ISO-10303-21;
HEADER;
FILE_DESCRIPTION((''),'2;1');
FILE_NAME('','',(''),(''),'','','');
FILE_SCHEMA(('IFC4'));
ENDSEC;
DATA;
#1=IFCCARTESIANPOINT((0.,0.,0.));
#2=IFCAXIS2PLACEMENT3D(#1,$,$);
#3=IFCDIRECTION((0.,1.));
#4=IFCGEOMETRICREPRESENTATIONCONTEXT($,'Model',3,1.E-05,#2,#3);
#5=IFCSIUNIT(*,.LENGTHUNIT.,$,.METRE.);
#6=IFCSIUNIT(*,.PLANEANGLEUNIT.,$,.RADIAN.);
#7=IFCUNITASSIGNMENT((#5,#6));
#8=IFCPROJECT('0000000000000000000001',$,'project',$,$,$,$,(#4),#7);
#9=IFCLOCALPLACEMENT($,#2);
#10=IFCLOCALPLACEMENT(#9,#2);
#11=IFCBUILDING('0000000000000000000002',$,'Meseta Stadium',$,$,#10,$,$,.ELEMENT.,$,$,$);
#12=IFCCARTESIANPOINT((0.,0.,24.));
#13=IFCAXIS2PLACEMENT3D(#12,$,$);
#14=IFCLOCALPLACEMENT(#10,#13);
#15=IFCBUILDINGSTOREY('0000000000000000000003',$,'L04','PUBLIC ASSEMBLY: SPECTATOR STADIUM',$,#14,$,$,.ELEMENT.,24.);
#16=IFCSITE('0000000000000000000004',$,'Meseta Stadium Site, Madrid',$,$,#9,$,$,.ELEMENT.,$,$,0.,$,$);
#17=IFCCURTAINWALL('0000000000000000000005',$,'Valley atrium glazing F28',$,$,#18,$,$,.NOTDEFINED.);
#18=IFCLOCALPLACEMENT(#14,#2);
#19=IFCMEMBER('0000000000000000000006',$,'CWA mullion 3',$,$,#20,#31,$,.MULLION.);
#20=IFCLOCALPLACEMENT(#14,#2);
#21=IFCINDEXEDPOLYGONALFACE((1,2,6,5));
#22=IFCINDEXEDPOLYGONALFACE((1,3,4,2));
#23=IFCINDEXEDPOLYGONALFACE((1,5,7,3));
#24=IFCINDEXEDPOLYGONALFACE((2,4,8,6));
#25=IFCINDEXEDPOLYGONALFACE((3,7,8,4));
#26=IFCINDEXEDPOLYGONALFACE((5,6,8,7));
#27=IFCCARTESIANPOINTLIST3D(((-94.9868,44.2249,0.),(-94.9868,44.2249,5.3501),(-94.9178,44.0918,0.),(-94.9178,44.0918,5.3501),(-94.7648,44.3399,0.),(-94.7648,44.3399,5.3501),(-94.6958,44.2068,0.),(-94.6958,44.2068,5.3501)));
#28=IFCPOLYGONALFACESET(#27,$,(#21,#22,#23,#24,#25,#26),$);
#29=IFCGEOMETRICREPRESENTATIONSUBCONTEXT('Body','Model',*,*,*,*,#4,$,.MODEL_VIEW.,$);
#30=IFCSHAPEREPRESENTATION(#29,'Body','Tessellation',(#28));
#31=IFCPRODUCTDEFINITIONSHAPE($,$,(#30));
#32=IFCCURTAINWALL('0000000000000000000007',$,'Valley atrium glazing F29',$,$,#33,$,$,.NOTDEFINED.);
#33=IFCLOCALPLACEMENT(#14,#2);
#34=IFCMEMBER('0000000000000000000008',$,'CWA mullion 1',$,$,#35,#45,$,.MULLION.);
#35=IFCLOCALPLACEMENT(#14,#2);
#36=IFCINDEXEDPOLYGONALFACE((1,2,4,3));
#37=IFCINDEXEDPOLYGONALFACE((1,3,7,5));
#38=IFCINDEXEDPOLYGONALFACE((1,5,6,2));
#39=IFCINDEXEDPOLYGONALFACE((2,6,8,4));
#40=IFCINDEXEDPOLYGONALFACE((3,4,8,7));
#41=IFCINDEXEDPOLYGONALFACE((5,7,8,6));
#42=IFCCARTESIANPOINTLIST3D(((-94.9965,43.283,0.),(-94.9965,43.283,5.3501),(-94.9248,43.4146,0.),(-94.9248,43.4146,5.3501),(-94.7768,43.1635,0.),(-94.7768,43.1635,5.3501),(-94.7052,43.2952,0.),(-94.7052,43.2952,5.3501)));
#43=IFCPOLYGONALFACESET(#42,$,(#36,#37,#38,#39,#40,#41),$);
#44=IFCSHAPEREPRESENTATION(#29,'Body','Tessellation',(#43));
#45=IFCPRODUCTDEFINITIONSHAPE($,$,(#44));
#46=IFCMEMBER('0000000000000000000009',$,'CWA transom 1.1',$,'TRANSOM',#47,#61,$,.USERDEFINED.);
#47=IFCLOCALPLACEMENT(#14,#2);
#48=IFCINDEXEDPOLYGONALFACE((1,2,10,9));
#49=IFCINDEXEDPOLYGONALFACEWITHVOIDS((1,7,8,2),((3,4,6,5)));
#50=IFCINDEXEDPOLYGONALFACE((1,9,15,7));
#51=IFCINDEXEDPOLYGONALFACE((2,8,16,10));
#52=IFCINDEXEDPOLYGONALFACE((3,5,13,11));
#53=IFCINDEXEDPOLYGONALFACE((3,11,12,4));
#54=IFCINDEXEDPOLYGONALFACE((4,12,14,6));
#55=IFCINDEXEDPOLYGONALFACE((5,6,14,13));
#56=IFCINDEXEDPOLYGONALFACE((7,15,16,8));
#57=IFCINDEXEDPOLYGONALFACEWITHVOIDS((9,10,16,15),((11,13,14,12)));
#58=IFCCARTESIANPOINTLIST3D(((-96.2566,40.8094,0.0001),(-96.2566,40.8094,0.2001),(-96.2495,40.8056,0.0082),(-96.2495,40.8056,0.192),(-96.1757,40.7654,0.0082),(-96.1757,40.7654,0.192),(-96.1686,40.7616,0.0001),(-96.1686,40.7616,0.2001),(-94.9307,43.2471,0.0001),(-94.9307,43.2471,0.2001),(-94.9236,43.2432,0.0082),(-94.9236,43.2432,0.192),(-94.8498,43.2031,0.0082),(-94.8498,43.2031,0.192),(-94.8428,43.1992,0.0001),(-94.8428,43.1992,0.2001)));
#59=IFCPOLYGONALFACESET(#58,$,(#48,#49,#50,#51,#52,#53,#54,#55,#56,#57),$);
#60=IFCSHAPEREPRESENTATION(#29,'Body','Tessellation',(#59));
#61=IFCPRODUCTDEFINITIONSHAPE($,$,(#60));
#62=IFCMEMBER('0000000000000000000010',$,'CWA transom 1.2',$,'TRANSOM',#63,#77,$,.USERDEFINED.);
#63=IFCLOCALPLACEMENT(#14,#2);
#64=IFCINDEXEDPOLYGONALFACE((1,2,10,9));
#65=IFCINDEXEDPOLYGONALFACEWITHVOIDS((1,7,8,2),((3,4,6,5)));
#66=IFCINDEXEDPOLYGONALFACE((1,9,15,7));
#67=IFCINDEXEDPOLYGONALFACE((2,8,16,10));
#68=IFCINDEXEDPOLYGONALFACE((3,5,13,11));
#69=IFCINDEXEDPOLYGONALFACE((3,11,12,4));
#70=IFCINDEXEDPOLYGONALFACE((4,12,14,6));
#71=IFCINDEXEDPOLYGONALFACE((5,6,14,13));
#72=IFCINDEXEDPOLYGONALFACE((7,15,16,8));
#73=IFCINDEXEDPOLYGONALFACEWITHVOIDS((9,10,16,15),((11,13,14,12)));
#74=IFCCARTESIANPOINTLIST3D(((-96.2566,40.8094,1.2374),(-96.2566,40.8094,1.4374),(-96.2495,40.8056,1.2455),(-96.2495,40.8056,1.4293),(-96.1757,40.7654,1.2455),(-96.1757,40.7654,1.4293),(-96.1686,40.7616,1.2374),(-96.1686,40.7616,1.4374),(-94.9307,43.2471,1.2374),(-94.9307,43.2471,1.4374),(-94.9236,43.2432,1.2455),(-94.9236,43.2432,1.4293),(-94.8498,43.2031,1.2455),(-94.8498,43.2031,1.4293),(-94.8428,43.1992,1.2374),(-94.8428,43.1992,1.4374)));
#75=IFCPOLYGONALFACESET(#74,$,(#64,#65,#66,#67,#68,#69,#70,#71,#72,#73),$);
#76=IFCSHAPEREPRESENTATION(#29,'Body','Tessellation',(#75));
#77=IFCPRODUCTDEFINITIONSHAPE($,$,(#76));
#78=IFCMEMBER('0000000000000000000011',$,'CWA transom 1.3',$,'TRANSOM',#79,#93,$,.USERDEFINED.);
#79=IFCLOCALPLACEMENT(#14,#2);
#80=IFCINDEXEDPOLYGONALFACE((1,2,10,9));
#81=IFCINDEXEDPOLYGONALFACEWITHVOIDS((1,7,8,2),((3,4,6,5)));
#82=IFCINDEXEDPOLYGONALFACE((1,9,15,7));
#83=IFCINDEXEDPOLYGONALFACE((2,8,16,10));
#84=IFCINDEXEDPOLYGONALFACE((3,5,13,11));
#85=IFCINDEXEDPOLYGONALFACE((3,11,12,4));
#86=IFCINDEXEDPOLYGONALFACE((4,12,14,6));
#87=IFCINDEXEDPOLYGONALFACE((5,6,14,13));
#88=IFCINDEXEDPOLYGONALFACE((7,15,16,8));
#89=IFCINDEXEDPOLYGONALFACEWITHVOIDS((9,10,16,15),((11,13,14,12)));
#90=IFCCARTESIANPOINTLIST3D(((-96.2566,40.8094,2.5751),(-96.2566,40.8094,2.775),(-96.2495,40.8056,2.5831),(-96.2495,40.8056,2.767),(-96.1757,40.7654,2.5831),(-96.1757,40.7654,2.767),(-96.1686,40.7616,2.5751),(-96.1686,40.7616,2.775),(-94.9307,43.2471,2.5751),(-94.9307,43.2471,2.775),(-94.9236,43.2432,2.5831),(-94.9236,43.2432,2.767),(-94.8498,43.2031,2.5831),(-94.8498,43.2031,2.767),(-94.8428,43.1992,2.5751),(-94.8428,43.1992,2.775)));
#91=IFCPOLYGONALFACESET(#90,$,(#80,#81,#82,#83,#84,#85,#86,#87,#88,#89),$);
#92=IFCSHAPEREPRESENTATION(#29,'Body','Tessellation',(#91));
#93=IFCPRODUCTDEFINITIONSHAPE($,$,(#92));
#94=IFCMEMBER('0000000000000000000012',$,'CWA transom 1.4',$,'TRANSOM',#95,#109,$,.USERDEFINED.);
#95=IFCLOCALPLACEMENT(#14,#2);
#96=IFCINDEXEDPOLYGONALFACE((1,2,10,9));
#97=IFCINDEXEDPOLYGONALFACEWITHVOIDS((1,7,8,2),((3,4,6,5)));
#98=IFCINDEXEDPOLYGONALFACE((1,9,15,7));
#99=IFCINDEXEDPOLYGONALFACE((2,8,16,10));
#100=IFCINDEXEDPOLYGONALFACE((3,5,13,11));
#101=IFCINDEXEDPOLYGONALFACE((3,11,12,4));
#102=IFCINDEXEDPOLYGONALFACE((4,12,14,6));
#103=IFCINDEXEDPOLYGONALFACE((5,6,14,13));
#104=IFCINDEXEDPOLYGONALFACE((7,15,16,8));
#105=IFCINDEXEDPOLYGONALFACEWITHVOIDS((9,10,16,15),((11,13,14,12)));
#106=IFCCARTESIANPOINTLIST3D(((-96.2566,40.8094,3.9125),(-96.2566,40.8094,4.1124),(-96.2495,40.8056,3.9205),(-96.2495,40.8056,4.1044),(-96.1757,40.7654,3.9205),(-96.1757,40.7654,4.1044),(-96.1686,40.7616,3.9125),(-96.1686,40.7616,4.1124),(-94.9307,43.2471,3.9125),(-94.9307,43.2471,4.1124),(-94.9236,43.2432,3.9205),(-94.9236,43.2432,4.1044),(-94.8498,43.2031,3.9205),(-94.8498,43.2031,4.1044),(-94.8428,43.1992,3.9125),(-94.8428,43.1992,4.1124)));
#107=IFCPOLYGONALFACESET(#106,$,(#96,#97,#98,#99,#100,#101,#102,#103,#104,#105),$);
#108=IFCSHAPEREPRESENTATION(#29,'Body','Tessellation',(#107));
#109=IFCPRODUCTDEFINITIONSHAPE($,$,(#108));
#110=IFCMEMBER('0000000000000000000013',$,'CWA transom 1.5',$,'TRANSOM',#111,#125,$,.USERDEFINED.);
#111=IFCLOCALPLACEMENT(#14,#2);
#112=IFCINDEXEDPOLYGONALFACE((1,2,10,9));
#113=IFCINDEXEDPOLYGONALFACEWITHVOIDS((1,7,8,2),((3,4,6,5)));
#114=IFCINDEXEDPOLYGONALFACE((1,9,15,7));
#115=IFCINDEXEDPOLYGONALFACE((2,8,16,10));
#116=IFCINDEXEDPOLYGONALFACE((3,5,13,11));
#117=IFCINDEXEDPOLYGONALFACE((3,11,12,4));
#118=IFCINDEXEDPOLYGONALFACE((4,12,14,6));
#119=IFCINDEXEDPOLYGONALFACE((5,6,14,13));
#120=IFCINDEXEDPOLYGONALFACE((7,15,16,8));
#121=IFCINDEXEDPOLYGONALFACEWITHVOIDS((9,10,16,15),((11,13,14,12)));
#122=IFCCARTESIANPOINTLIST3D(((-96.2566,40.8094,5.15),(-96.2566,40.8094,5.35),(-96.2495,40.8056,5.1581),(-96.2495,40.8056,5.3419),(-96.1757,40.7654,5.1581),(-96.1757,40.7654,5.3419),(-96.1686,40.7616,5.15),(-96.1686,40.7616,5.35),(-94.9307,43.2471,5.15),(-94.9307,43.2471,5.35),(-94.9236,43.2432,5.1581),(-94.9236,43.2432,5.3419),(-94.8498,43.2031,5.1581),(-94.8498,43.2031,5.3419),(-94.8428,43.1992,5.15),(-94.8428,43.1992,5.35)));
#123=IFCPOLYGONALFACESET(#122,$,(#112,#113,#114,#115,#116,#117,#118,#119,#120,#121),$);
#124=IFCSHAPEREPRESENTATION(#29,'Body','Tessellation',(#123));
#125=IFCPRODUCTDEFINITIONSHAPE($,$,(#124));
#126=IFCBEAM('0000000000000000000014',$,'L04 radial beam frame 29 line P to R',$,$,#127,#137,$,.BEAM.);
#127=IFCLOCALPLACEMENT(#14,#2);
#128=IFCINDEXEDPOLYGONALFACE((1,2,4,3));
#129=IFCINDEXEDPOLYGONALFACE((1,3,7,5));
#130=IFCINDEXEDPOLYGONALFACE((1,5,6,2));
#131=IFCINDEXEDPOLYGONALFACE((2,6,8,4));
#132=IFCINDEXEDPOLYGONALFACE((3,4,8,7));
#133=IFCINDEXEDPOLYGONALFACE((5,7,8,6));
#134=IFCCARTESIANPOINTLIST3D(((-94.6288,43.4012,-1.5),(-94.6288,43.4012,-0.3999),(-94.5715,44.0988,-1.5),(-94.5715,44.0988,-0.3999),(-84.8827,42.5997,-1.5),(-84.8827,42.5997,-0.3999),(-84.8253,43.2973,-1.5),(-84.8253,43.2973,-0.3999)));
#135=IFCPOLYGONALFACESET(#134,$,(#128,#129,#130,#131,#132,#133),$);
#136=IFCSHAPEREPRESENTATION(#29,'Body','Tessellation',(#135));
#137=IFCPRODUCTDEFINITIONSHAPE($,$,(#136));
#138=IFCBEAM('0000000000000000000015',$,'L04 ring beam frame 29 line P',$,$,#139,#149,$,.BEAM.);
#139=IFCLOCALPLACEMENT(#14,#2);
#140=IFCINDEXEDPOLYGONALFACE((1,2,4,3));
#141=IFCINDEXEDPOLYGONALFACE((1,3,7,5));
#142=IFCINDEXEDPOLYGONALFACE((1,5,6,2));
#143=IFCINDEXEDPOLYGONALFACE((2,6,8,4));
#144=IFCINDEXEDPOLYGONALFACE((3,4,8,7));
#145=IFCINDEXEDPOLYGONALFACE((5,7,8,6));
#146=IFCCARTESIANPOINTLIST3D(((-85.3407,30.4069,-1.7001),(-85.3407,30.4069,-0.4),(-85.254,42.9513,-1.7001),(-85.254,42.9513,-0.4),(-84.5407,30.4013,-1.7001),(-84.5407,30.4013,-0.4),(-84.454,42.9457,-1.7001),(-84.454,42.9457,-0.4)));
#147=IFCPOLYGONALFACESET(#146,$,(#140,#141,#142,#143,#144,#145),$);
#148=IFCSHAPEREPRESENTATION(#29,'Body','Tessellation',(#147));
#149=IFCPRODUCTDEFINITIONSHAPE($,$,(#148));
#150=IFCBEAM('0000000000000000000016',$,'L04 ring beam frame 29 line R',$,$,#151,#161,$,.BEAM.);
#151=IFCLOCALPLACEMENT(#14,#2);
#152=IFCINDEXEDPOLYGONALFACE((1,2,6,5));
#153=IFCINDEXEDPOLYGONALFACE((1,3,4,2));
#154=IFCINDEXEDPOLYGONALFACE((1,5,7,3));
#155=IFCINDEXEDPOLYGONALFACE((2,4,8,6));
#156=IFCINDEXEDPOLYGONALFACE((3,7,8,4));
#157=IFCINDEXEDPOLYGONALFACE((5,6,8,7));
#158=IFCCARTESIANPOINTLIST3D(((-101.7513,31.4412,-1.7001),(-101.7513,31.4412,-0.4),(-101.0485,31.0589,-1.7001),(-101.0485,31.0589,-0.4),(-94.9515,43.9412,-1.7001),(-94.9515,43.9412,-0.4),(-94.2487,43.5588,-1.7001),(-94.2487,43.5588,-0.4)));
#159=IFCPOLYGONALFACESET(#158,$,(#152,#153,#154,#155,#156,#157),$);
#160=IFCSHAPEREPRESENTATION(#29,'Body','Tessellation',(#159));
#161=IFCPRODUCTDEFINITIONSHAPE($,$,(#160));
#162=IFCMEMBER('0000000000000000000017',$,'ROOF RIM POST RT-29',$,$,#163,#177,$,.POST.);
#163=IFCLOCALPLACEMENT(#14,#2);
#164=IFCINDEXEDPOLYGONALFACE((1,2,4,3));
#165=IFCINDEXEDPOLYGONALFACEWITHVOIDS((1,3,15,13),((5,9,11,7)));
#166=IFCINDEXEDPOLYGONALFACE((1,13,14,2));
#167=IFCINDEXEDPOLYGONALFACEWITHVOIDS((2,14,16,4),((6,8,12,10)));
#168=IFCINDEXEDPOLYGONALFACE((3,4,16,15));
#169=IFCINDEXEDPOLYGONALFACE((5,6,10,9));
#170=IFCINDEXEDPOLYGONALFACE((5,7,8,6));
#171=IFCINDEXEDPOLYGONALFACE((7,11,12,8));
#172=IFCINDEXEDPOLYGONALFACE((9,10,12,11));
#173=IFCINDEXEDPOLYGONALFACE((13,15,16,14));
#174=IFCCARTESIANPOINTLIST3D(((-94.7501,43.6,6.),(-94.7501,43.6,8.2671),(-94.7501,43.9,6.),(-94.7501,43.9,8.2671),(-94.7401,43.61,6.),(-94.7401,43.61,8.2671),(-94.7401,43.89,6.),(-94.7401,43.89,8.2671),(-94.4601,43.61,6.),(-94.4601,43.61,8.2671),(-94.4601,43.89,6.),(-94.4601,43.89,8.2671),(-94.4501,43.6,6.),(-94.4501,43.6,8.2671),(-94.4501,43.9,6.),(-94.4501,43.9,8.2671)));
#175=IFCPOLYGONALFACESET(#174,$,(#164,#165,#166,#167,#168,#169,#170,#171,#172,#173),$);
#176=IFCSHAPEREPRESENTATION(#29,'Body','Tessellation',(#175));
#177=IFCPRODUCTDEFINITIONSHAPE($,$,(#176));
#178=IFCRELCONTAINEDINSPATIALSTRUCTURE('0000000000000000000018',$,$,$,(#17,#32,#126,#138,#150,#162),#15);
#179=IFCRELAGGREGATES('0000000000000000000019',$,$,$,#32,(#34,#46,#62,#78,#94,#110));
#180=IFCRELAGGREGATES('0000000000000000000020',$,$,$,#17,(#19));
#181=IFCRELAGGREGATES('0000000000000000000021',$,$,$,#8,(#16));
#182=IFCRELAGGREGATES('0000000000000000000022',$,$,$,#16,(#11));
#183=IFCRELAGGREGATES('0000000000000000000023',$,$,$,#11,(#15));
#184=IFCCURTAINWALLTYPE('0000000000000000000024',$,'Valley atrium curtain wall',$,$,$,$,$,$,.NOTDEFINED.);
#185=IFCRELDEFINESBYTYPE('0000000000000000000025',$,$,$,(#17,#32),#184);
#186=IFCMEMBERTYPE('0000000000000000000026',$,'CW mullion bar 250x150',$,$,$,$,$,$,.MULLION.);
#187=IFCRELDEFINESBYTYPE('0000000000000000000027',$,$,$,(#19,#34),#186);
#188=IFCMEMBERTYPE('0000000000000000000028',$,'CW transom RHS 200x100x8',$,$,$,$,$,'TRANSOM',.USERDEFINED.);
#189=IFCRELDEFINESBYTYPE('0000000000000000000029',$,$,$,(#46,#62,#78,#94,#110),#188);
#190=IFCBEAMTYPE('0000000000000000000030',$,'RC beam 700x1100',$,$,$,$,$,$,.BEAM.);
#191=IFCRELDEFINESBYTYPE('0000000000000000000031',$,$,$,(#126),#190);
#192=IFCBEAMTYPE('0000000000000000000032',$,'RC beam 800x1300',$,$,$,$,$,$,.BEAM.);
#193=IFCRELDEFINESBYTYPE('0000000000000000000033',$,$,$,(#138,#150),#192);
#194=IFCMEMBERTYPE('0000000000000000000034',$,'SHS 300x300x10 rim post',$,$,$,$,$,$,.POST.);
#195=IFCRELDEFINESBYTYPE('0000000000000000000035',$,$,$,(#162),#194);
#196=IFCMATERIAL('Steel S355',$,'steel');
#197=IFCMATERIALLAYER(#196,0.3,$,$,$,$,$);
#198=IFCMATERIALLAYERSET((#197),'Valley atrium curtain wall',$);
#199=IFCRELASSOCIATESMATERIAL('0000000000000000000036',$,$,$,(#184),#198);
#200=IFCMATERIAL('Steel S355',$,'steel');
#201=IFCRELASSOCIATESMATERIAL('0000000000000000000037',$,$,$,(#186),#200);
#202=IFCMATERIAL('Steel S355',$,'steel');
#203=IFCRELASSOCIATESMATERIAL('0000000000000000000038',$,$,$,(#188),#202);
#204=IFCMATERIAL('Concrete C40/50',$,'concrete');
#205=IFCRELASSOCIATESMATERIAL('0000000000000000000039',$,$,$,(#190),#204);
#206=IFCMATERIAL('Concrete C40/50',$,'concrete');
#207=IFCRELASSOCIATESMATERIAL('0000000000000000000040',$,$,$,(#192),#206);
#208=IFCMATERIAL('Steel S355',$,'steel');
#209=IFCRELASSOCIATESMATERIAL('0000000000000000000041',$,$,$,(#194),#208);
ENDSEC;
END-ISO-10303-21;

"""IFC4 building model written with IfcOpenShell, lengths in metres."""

from ifc_helpers import new_model, si_unit, direction, frame, origin, origin_2d, place, context, subcontext, project, spatial, rectangle, hollow_rectangle, extrude, material, layer, layer_set, material_profile, profile_set, type_object, element, aggregate, save


model = new_model("IFC4")

# Units and contexts
model_context = context("Model", 3, precision=1e-05, world=origin(), true_north=direction((0.0, 1.0)))
body_context = subcontext(model_context, "Body", "Model", "MODEL_VIEW")
ifc_project = project(units=[si_unit("LENGTHUNIT", "METRE"), si_unit("PLANEANGLEUNIT", "RADIAN")], contexts=[model_context])

# Site, building, storey
site_placement = place(None, origin())
site = spatial("IfcSite", under=ifc_project, at=site_placement, Name="Meseta Stadium Site, Madrid", CompositionType="ELEMENT", RefElevation=0.0)
building_placement = place(site_placement, origin())
building = spatial("IfcBuilding", under=site, at=building_placement, Name="Meseta Stadium", CompositionType="ELEMENT")
storey_placement = place(building_placement, frame((0.0, 0.0, 24.0)))
storey = spatial("IfcBuildingStorey", under=building, at=storey_placement, Name="L04", Description="PUBLIC ASSEMBLY: SPECTATOR STADIUM", CompositionType="ELEMENT", Elevation=24.0)

# Curtain wall, member
ifc_material_1 = material(Name="Steel S355", Category="steel")
ifc_layer_1 = layer(ifc_material_1, 0.3)
ifc_layer_set_1 = layer_set([ifc_layer_1], Name="Valley atrium curtain wall")
curtain_wall_type = type_object("IfcCurtainWallType", Name="Valley atrium curtain wall", PredefinedType="NOTDEFINED", material=ifc_layer_set_1)
curtain_wall_1_placement = place(storey_placement, origin())
curtain_wall_1 = element("IfcCurtainWall", 1, at=curtain_wall_1_placement, inside=storey, type_object=curtain_wall_type, Name="Valley atrium glazing F28", PredefinedType="NOTDEFINED")
ifc_material_2 = material(Name="Steel S355", Category="steel")
ifc_material_profile_1 = material_profile(ifc_material_2, rectangle(XDim=0.25, YDim=0.1499, at=origin_2d()), Name="CW 250x150")
ifc_profile_set_1 = profile_set([ifc_material_profile_1], Name="Steel S355")
member_type_1 = type_object("IfcMemberType", Name="CW mullion bar 250x150", PredefinedType="MULLION", material=ifc_profile_set_1)
member_1_placement = place(storey_placement, frame((-94.8413, 44.2158, 0.0), z_axis=(0.0, 0.0, 1.0), x_axis=(0.887911, 0.460016, 0.0)))
member_1 = element("IfcMember", 2, at=member_1_placement, type_object=member_type_1, Name="CWA mullion 3", PredefinedType="MULLION", context=body_context, shape_type="SweptSolid", body=[
    extrude(rectangle(XDim=0.25, YDim=0.1499, at=origin_2d()), origin(), (0.0, 0.0, 1.0), 5.3501),
])

# Curtain wall, members
curtain_wall_2_placement = place(storey_placement, origin())
curtain_wall_2 = element("IfcCurtainWall", 3, at=curtain_wall_2_placement, inside=storey, type_object=curtain_wall_type, Name="Valley atrium glazing F29", PredefinedType="NOTDEFINED")
member_2_placement = place(storey_placement, frame((-94.8508, 43.2891, 0.0), z_axis=(0.0, 0.0, 1.0), x_axis=(0.878432, -0.477867, 0.0)))
member_2 = element("IfcMember", 4, at=member_2_placement, type_object=member_type_1, Name="CWA mullion 1", PredefinedType="MULLION", context=body_context, shape_type="SweptSolid", body=[
    extrude(rectangle(XDim=0.25, YDim=0.1499, at=origin_2d()), origin(), (0.0, 0.0, 1.0), 5.3501),
])
ifc_material_3 = material(Name="Steel S355", Category="steel")
ifc_material_profile_2 = material_profile(ifc_material_3, hollow_rectangle(XDim=0.1001, YDim=0.2, WallThickness=0.0081, at=origin_2d()), Name="RHS 200x100x8")
ifc_profile_set_2 = profile_set([ifc_material_profile_2], Name="Steel S355")
member_type_2 = type_object("IfcMemberType", Name="CW transom RHS 200x100x8", ElementType="TRANSOM", PredefinedType="USERDEFINED", material=ifc_profile_set_2)
member_3_placement = place(storey_placement, frame((-94.8867, 43.2231, 0.1001), z_axis=(-0.47781, -0.878463, 0.0), x_axis=(0.878463, -0.47781, 0.0)))
member_3 = element("IfcMember", 5, at=member_3_placement, type_object=member_type_2, Name="CWA transom 1.1", ObjectType="TRANSOM", PredefinedType="USERDEFINED", context=body_context, shape_type="SweptSolid", body=[
    extrude(hollow_rectangle(XDim=0.1001, YDim=0.2, WallThickness=0.0081, at=origin_2d()), origin(), (0.0, 0.0, 1.0), 2.7749),
])
member_4_placement = place(storey_placement, frame((-94.8867, 43.2231, 1.3374), z_axis=(-0.47781, -0.878463, 0.0), x_axis=(0.878463, -0.47781, 0.0)))
member_4 = element("IfcMember", 6, at=member_4_placement, type_object=member_type_2, Name="CWA transom 1.2", ObjectType="TRANSOM", PredefinedType="USERDEFINED", context=body_context, shape_type="SweptSolid", body=[
    extrude(hollow_rectangle(XDim=0.1001, YDim=0.2, WallThickness=0.0081, at=origin_2d()), origin(), (0.0, 0.0, 1.0), 2.7749),
])
member_5_placement = place(storey_placement, frame((-94.8867, 43.2231, 2.675), z_axis=(-0.47781, -0.878463, 0.0), x_axis=(0.878463, -0.47781, 0.0)))
member_5 = element("IfcMember", 7, at=member_5_placement, type_object=member_type_2, Name="CWA transom 1.3", ObjectType="TRANSOM", PredefinedType="USERDEFINED", context=body_context, shape_type="SweptSolid", body=[
    extrude(hollow_rectangle(XDim=0.1001, YDim=0.2, WallThickness=0.0081, at=origin_2d()), origin(), (0.0, 0.0, 1.0), 2.7749),
])
member_6_placement = place(storey_placement, frame((-94.8867, 43.2231, 4.0125), z_axis=(-0.47781, -0.878463, 0.0), x_axis=(0.878463, -0.47781, 0.0)))
member_6 = element("IfcMember", 8, at=member_6_placement, type_object=member_type_2, Name="CWA transom 1.4", ObjectType="TRANSOM", PredefinedType="USERDEFINED", context=body_context, shape_type="SweptSolid", body=[
    extrude(hollow_rectangle(XDim=0.1001, YDim=0.2, WallThickness=0.0081, at=origin_2d()), origin(), (0.0, 0.0, 1.0), 2.7749),
])
member_7_placement = place(storey_placement, frame((-94.8867, 43.2231, 5.25), z_axis=(-0.47781, -0.878463, 0.0), x_axis=(0.878463, -0.47781, 0.0)))
member_7 = element("IfcMember", 9, at=member_7_placement, type_object=member_type_2, Name="CWA transom 1.5", ObjectType="TRANSOM", PredefinedType="USERDEFINED", context=body_context, shape_type="SweptSolid", body=[
    extrude(hollow_rectangle(XDim=0.1001, YDim=0.2, WallThickness=0.0081, at=origin_2d()), origin(), (0.0, 0.0, 1.0), 2.7749),
])
aggregate(curtain_wall_2, [member_2, member_3, member_4, member_5, member_6, member_7])

# Beams
ifc_material_4 = material(Name="Concrete C40/50", Category="concrete")
ifc_material_profile_3 = material_profile(ifc_material_4, rectangle(XDim=0.7, YDim=1.1001, at=origin_2d()), Name="RC 700x1100")
ifc_profile_set_3 = profile_set([ifc_material_profile_3], Name="Concrete C40/50")
beam_type_1 = type_object("IfcBeamType", Name="RC beam 700x1100", PredefinedType="BEAM", material=ifc_profile_set_3)
beam_1_placement = place(storey_placement, frame((-84.854, 42.9485, -0.95), z_axis=(-0.996635, 0.081963, 0.0), x_axis=(-0.081963, -0.996635, 0.0)))
element("IfcBeam", 10, at=beam_1_placement, inside=storey, type_object=beam_type_1, Name="L04 radial beam frame 29 line P to R", PredefinedType="BEAM", context=body_context, shape_type="SweptSolid", body=[
    extrude(rectangle(XDim=0.7, YDim=1.1001, at=origin_2d()), origin(), (0.0, 0.0, 1.0), 9.7791),
])
ifc_material_5 = material(Name="Concrete C40/50", Category="concrete")
ifc_material_profile_4 = material_profile(ifc_material_5, rectangle(XDim=0.8, YDim=1.3, at=origin_2d()), Name="RC 800x1300")
ifc_profile_set_4 = profile_set([ifc_material_profile_4], Name="Concrete C40/50")
beam_type_2 = type_object("IfcBeamType", Name="RC beam 800x1300", PredefinedType="BEAM", material=ifc_profile_set_4)
beam_2_placement = place(storey_placement, frame((-84.854, 42.9485, -1.05), z_axis=(-0.006909, -0.999976, 0.0), x_axis=(0.999976, -0.006909, 0.0)))
element("IfcBeam", 11, at=beam_2_placement, inside=storey, type_object=beam_type_2, Name="L04 ring beam frame 29 line P", PredefinedType="BEAM", context=body_context, shape_type="SweptSolid", body=[
    extrude(rectangle(XDim=0.8, YDim=1.3, at=origin_2d()), origin(), (0.0, 0.0, 1.0), 12.5447),
])
beam_3_placement = place(storey_placement, frame((-94.6001, 43.75, -1.05), z_axis=(-0.477856, -0.878438, 0.0), x_axis=(0.878438, -0.477856, 0.0)))
element("IfcBeam", 12, at=beam_3_placement, inside=storey, type_object=beam_type_2, Name="L04 ring beam frame 29 line R", PredefinedType="BEAM", context=body_context, shape_type="SweptSolid", body=[
    extrude(rectangle(XDim=0.8, YDim=1.3, at=origin_2d()), origin(), (0.0, 0.0, 1.0), 14.2297),
])

# Member
ifc_material_6 = material(Name="Steel S355", Category="steel")
ifc_material_profile_5 = material_profile(ifc_material_6, hollow_rectangle(XDim=0.3, YDim=0.3, WallThickness=0.01, at=origin_2d()), Name="SHS 300x300x10")
ifc_profile_set_5 = profile_set([ifc_material_profile_5], Name="Steel S355")
member_type_3 = type_object("IfcMemberType", Name="SHS 300x300x10 rim post", PredefinedType="POST", material=ifc_profile_set_5)
member_8_placement = place(storey_placement, frame((-94.6001, 43.75, 6.0), z_axis=(0.0, 0.0, 1.0), x_axis=(1.0, 0.0, 0.0)))
element("IfcMember", 13, at=member_8_placement, inside=storey, type_object=member_type_3, Name="ROOF RIM POST RT-29", PredefinedType="POST", context=body_context, shape_type="SweptSolid", body=[
    extrude(hollow_rectangle(XDim=0.3, YDim=0.3, WallThickness=0.01, at=origin_2d()), origin(), (0.0, 0.0, 1.0), 2.2671),
])

aggregate(curtain_wall_1, [member_1])

save(model, "model.ifc")
